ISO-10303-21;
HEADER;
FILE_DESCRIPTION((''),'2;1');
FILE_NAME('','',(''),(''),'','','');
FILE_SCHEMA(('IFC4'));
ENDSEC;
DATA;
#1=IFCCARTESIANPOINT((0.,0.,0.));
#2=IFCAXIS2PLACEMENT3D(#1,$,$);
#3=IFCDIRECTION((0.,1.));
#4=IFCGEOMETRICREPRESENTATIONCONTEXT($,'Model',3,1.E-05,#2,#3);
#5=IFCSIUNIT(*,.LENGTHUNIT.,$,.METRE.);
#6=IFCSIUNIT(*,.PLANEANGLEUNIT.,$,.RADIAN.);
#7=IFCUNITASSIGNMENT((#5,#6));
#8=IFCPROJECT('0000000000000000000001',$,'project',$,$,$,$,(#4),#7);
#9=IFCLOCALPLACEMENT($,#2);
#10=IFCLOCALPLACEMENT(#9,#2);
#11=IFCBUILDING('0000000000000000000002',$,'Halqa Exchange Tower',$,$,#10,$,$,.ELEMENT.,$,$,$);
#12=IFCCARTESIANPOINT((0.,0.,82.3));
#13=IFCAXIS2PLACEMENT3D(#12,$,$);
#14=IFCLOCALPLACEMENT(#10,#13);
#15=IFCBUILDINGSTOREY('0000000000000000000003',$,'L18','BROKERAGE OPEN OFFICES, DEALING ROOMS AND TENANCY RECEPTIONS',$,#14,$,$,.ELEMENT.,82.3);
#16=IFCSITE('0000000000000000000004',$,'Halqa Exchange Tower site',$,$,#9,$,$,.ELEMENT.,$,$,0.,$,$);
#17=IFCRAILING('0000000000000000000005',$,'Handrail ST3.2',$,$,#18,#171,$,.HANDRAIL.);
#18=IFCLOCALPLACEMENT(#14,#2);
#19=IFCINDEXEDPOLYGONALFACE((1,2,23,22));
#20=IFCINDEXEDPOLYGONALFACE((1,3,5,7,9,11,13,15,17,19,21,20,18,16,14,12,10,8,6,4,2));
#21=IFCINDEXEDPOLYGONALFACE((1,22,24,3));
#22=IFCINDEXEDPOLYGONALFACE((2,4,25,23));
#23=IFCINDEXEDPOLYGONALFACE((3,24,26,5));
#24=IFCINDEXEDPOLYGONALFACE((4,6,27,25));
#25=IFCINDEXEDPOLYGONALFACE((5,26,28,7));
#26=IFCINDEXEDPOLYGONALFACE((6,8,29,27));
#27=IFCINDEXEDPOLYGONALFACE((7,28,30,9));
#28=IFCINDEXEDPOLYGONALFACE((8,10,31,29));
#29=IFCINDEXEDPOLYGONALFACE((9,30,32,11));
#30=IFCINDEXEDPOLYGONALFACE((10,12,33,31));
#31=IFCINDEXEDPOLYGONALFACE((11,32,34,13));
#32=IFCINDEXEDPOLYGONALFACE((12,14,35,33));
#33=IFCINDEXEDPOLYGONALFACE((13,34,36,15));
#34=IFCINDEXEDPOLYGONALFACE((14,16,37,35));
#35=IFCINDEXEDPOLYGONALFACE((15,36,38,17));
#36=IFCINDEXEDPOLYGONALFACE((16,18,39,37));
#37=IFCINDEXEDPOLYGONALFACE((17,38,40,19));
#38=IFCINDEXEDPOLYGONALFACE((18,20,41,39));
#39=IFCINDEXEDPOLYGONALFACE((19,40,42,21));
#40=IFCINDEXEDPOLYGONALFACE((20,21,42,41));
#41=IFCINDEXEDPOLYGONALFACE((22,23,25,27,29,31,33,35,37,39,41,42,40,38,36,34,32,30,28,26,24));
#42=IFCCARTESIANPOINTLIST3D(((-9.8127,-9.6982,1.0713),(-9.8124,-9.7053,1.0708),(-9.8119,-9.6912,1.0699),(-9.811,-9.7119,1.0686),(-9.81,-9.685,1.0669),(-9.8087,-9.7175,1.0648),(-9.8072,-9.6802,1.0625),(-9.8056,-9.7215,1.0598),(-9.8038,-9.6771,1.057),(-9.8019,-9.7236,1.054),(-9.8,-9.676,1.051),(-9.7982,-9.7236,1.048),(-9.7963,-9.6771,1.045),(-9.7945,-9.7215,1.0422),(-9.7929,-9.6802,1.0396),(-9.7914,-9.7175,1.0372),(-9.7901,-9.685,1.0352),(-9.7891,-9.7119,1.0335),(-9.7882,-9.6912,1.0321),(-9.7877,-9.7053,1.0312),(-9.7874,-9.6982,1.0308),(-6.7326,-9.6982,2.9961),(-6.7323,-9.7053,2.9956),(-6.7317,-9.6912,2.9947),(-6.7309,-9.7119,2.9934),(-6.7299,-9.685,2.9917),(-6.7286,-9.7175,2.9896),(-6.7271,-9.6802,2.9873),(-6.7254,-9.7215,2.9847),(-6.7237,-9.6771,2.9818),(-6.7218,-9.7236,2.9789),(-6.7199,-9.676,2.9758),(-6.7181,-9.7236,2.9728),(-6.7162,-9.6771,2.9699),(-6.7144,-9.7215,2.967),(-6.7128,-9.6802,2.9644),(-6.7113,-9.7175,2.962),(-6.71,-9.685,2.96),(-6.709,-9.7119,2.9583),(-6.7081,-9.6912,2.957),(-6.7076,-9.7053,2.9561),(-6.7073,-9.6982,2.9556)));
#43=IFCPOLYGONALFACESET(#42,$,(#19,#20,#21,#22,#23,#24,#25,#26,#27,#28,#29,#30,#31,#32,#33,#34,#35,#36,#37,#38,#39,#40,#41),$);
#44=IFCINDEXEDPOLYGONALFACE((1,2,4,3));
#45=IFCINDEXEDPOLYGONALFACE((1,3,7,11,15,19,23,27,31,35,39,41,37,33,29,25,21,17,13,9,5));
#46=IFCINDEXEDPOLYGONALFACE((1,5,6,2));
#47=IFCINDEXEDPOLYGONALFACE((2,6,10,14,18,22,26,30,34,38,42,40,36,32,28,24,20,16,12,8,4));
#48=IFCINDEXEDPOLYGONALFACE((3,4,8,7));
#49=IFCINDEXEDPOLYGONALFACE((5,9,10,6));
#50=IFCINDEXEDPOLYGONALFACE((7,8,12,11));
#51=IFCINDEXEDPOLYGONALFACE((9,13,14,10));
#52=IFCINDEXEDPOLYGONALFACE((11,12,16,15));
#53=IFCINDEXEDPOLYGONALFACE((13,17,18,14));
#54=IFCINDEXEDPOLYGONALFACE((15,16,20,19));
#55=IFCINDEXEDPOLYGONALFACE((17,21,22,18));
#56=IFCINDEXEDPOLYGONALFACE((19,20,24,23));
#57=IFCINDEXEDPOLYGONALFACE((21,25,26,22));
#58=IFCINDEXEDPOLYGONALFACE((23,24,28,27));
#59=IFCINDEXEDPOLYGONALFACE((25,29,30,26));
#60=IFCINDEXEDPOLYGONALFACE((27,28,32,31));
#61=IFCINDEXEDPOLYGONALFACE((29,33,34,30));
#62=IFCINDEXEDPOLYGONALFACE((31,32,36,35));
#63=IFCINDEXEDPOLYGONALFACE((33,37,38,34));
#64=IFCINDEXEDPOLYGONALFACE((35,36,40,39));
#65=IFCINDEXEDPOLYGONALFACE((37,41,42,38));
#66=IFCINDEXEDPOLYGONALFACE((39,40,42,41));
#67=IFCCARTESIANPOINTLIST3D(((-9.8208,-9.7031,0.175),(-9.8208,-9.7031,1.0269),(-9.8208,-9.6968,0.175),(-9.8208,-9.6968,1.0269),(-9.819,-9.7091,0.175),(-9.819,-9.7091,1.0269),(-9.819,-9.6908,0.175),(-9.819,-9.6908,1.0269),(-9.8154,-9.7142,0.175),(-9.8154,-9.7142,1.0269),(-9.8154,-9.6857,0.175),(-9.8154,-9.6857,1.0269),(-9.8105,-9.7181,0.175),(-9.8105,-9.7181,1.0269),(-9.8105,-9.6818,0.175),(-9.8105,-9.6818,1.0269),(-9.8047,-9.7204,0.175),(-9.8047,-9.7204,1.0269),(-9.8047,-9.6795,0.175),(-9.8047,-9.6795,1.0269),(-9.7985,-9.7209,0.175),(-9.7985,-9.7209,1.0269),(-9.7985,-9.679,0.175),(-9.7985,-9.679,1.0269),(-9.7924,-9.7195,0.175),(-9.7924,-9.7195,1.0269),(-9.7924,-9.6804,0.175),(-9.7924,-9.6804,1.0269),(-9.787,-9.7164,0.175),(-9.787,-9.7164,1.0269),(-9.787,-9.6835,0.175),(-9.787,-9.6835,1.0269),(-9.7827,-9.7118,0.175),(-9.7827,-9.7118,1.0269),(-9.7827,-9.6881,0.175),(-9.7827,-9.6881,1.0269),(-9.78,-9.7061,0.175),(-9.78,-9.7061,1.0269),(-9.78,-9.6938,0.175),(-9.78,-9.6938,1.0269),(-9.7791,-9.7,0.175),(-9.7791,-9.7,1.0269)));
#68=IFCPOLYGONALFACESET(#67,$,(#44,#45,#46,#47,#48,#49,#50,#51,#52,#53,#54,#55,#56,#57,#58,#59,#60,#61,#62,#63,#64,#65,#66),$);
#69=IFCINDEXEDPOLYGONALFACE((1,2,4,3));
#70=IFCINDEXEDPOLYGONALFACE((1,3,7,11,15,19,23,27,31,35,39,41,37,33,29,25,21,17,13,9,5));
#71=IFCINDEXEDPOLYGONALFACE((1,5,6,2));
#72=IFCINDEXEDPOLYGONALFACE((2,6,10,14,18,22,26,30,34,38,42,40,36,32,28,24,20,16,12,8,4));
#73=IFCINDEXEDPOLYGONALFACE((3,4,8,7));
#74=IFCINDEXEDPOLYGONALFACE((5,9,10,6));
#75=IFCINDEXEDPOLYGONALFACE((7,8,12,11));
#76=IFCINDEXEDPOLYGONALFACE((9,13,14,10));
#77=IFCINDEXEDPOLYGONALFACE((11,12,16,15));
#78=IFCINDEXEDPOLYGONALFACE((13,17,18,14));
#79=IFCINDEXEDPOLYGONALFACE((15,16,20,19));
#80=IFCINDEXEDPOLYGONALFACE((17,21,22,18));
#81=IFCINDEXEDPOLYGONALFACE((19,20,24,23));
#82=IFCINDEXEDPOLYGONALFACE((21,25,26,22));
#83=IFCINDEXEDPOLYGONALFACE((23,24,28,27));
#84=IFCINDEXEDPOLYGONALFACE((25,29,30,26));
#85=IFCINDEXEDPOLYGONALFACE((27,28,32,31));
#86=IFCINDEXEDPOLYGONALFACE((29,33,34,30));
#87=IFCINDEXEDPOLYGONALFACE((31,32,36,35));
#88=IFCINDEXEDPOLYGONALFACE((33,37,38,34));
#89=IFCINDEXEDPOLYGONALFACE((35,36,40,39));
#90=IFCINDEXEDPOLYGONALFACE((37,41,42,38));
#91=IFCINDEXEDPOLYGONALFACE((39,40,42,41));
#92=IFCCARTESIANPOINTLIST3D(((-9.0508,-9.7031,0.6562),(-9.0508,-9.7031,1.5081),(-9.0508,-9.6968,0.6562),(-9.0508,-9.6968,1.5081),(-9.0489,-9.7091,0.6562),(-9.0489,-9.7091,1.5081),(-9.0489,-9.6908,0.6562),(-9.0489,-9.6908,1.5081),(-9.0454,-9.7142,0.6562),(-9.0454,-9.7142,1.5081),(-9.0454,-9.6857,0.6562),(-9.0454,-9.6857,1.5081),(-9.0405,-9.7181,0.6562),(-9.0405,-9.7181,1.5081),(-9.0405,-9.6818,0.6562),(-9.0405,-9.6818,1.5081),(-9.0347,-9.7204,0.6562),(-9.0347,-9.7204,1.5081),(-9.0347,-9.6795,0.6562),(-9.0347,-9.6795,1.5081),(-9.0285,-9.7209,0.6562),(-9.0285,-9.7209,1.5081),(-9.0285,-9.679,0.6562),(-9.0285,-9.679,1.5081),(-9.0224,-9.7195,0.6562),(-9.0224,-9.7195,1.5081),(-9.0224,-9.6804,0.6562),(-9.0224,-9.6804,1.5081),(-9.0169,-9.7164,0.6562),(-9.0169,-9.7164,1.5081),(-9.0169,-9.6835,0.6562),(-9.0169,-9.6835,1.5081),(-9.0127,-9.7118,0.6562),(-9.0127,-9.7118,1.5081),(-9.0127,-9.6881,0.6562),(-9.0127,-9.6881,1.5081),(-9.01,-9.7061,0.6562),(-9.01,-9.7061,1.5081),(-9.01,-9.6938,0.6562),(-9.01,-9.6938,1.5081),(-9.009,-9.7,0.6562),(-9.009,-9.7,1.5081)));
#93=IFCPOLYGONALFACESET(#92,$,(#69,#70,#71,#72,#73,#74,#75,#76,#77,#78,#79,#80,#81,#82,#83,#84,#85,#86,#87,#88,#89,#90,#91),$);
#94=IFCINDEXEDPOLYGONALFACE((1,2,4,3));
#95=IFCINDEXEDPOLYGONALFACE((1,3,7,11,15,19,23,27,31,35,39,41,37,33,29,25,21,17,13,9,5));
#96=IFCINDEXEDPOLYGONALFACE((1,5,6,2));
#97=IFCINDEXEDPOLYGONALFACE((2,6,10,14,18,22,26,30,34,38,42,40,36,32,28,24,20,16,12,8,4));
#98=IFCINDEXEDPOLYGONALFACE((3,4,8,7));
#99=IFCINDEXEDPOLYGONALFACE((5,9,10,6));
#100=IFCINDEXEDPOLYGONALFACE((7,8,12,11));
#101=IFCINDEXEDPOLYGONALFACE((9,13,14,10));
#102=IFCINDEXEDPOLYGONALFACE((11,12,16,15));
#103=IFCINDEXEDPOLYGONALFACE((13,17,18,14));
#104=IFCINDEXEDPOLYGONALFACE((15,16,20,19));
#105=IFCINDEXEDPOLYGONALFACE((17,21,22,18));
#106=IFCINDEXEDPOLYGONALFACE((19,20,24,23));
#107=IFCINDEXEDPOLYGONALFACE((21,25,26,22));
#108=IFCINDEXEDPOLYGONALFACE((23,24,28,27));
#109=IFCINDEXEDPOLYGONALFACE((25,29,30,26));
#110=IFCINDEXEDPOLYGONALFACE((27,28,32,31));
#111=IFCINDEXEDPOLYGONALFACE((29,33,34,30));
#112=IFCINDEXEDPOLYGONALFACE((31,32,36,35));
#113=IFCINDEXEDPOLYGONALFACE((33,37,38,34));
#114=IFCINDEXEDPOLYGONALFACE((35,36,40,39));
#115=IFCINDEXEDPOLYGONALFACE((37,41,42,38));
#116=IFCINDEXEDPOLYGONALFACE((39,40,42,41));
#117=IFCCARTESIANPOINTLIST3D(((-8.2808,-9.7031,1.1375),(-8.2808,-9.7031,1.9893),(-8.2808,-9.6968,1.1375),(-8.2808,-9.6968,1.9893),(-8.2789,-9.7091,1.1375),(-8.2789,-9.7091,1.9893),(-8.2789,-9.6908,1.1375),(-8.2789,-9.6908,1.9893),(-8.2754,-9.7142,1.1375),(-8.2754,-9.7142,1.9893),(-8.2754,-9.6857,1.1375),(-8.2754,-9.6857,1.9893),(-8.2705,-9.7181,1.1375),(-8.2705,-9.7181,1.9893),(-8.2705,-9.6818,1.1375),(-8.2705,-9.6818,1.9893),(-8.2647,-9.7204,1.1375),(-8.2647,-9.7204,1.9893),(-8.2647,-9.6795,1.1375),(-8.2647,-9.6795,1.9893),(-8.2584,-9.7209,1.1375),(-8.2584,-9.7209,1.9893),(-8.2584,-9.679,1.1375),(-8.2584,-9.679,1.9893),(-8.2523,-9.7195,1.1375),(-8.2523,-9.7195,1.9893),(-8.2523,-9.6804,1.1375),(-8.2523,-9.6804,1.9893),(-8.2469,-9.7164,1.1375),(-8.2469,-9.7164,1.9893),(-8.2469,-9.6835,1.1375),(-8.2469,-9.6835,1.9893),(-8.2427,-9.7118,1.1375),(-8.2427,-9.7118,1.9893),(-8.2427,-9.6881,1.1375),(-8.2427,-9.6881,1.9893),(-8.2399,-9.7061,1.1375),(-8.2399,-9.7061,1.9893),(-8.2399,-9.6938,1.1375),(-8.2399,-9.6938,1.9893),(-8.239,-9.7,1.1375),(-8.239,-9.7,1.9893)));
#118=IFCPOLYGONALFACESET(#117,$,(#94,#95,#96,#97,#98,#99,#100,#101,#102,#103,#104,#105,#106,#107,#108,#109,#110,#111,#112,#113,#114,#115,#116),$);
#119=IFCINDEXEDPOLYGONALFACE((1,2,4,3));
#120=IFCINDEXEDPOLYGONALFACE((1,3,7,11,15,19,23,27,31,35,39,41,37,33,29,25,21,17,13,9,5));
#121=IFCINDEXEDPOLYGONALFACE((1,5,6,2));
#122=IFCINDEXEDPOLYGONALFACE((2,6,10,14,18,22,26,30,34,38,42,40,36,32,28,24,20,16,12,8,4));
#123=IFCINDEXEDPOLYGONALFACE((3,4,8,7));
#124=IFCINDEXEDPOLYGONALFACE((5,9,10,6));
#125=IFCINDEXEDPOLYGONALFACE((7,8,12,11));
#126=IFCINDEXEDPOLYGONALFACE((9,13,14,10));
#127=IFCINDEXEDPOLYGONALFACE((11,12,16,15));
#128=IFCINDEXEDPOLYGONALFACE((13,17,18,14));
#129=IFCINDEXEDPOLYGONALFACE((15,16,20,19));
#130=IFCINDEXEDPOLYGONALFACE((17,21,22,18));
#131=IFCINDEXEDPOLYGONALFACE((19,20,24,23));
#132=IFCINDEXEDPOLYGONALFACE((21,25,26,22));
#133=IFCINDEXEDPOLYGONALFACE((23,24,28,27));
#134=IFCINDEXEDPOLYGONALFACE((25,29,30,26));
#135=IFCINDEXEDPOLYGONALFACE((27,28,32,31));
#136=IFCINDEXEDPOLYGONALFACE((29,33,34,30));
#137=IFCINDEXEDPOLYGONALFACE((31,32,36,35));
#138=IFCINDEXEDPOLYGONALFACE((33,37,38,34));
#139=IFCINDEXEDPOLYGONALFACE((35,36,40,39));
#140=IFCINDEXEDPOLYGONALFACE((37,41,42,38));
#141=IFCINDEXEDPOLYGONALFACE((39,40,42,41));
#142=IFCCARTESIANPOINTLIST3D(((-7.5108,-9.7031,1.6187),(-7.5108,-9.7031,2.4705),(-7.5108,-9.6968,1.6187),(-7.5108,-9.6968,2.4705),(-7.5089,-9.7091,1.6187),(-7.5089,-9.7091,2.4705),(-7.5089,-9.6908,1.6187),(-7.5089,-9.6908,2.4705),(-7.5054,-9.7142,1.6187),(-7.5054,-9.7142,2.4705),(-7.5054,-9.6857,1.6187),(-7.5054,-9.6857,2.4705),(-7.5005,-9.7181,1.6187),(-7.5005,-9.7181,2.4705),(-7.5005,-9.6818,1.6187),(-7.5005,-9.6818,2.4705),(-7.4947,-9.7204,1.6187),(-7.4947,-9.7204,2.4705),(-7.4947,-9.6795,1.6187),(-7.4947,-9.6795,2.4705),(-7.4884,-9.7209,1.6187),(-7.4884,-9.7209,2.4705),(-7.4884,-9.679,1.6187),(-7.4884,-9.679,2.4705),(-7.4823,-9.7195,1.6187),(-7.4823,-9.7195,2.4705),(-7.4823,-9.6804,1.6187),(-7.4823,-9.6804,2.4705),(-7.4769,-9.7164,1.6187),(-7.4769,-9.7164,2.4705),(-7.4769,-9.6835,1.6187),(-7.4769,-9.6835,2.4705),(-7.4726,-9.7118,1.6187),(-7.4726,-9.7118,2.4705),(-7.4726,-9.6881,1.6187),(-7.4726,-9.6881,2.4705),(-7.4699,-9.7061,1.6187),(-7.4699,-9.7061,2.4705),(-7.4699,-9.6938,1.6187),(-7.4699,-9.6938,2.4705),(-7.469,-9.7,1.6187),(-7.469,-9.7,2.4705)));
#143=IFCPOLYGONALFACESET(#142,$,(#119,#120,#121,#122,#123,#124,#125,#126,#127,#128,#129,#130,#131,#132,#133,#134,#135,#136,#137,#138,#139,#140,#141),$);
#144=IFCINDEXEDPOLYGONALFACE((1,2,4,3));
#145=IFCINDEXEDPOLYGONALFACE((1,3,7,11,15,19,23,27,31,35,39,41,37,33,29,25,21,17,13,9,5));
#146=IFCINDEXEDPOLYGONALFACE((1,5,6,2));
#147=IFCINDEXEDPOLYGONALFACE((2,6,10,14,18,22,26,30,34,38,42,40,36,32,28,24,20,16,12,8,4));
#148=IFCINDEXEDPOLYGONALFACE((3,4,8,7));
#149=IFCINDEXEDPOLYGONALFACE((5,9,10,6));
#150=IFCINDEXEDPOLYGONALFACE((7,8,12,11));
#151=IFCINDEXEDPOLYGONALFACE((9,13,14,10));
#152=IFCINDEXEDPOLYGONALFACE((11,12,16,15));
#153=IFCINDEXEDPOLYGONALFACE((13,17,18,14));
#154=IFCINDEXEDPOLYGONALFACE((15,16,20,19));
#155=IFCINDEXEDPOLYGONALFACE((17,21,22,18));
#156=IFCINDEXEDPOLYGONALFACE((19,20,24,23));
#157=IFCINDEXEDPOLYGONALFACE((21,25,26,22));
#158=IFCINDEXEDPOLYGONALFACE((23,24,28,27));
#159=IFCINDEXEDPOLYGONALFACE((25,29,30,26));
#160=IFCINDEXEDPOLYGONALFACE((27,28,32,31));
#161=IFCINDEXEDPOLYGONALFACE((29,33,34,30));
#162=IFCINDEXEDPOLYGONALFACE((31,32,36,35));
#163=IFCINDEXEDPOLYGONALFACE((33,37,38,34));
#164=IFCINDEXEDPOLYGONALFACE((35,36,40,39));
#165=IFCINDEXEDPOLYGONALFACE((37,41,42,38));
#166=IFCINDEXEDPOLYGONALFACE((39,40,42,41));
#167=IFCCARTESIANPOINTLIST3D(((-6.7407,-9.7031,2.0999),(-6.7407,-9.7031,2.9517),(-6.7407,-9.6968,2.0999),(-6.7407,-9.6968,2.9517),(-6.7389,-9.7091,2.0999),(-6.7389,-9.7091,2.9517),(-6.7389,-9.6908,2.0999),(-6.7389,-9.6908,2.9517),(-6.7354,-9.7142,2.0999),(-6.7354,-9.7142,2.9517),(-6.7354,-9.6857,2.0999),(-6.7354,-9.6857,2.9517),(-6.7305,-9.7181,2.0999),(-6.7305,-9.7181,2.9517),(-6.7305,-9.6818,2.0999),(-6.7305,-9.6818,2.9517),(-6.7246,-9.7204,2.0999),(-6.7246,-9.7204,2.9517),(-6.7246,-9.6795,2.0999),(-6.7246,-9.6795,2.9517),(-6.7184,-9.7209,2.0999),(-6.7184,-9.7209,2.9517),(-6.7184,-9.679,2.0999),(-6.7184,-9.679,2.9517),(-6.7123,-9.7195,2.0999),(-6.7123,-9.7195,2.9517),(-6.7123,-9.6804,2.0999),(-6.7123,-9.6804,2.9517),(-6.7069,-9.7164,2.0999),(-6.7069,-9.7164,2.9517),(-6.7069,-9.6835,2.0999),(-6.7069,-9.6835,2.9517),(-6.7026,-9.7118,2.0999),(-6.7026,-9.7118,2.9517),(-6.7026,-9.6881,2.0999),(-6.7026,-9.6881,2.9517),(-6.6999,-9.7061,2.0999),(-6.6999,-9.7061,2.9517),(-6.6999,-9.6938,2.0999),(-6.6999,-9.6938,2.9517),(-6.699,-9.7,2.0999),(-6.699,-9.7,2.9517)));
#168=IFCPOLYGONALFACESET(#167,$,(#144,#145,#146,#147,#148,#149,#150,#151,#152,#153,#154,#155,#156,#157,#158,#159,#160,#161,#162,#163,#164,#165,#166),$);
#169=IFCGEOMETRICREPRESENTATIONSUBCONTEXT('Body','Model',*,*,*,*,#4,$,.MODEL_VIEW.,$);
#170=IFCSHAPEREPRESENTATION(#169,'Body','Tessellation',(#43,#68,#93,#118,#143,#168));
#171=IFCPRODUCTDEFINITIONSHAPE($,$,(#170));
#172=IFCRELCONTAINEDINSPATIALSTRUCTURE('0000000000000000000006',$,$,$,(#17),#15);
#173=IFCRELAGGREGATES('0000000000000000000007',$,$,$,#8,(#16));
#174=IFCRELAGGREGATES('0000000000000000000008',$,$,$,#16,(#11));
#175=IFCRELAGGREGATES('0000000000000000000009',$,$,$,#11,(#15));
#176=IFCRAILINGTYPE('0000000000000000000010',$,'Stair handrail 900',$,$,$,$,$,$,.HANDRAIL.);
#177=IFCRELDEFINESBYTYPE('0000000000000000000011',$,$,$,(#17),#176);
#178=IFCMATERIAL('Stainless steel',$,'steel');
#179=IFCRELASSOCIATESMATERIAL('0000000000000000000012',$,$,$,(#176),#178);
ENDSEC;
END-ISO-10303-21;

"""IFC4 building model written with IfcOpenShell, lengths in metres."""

from ifc_helpers import new_model, si_unit, direction, frame, origin, origin_2d, place, context, subcontext, project, spatial, circle, extrude, material, type_object, element, save


model = new_model("IFC4")

# Units and contexts
model_context = context("Model", 3, precision=1e-05, world=origin(), true_north=direction((0.0, 1.0)))
body_context = subcontext(model_context, "Body", "Model", "MODEL_VIEW")
ifc_project = project(units=[si_unit("LENGTHUNIT", "METRE"), si_unit("PLANEANGLEUNIT", "RADIAN")], contexts=[model_context])

# Site, building, storey
site_placement = place(None, origin())
site = spatial("IfcSite", under=ifc_project, at=site_placement, Name="Halqa Exchange Tower site", CompositionType="ELEMENT", RefElevation=0.0)
building_placement = place(site_placement, origin())
building = spatial("IfcBuilding", under=site, at=building_placement, Name="Halqa Exchange Tower", CompositionType="ELEMENT")
storey_placement = place(building_placement, frame((0.0, 0.0, 82.3)))
storey = spatial("IfcBuildingStorey", under=building, at=storey_placement, Name="L18", Description="BROKERAGE OPEN OFFICES, DEALING ROOMS AND TENANCY RECEPTIONS", CompositionType="ELEMENT", Elevation=82.3)

# Shared definitions
ifc_material_1 = material(Name="Stainless steel", Category="steel")

# Railing
railing_type_1 = type_object("IfcRailingType", Name="Stair handrail 900", PredefinedType="HANDRAIL", material=ifc_material_1)
railing_1_placement = place(storey_placement, frame((-9.8, -9.7, 0.175)))
element("IfcRailing", 1, at=railing_1_placement, inside=storey, type_object=railing_type_1, Name="Handrail ST3.2", PredefinedType="HANDRAIL", context=body_context, shape_type="SweptSolid", body=[
    extrude(circle(Radius=0.0239, at=origin_2d()), frame((0.0, 0.0, 0.876), z_axis=(0.848029, 0.0, 0.529951), x_axis=(0.0, 1.0, 0.0)), (0.0, 0.0, 1.0), 3.6321),
    extrude(circle(Radius=0.021, at=origin_2d()), origin(), (0.0, 0.0, 1.0), 0.8518),
    extrude(circle(Radius=0.021, at=origin_2d()), frame((0.77, 0.0, 0.4812)), (0.0, 0.0, 1.0), 0.8518),
    extrude(circle(Radius=0.021, at=origin_2d()), frame((1.54, 0.0, 0.9624)), (0.0, 0.0, 1.0), 0.8518),
    extrude(circle(Radius=0.021, at=origin_2d()), frame((2.3101, 0.0, 1.4436)), (0.0, 0.0, 1.0), 0.8518),
    extrude(circle(Radius=0.021, at=origin_2d()), frame((3.0801, 0.0, 1.9248)), (0.0, 0.0, 1.0), 0.8518),
])

save(model, "model.ifc")
